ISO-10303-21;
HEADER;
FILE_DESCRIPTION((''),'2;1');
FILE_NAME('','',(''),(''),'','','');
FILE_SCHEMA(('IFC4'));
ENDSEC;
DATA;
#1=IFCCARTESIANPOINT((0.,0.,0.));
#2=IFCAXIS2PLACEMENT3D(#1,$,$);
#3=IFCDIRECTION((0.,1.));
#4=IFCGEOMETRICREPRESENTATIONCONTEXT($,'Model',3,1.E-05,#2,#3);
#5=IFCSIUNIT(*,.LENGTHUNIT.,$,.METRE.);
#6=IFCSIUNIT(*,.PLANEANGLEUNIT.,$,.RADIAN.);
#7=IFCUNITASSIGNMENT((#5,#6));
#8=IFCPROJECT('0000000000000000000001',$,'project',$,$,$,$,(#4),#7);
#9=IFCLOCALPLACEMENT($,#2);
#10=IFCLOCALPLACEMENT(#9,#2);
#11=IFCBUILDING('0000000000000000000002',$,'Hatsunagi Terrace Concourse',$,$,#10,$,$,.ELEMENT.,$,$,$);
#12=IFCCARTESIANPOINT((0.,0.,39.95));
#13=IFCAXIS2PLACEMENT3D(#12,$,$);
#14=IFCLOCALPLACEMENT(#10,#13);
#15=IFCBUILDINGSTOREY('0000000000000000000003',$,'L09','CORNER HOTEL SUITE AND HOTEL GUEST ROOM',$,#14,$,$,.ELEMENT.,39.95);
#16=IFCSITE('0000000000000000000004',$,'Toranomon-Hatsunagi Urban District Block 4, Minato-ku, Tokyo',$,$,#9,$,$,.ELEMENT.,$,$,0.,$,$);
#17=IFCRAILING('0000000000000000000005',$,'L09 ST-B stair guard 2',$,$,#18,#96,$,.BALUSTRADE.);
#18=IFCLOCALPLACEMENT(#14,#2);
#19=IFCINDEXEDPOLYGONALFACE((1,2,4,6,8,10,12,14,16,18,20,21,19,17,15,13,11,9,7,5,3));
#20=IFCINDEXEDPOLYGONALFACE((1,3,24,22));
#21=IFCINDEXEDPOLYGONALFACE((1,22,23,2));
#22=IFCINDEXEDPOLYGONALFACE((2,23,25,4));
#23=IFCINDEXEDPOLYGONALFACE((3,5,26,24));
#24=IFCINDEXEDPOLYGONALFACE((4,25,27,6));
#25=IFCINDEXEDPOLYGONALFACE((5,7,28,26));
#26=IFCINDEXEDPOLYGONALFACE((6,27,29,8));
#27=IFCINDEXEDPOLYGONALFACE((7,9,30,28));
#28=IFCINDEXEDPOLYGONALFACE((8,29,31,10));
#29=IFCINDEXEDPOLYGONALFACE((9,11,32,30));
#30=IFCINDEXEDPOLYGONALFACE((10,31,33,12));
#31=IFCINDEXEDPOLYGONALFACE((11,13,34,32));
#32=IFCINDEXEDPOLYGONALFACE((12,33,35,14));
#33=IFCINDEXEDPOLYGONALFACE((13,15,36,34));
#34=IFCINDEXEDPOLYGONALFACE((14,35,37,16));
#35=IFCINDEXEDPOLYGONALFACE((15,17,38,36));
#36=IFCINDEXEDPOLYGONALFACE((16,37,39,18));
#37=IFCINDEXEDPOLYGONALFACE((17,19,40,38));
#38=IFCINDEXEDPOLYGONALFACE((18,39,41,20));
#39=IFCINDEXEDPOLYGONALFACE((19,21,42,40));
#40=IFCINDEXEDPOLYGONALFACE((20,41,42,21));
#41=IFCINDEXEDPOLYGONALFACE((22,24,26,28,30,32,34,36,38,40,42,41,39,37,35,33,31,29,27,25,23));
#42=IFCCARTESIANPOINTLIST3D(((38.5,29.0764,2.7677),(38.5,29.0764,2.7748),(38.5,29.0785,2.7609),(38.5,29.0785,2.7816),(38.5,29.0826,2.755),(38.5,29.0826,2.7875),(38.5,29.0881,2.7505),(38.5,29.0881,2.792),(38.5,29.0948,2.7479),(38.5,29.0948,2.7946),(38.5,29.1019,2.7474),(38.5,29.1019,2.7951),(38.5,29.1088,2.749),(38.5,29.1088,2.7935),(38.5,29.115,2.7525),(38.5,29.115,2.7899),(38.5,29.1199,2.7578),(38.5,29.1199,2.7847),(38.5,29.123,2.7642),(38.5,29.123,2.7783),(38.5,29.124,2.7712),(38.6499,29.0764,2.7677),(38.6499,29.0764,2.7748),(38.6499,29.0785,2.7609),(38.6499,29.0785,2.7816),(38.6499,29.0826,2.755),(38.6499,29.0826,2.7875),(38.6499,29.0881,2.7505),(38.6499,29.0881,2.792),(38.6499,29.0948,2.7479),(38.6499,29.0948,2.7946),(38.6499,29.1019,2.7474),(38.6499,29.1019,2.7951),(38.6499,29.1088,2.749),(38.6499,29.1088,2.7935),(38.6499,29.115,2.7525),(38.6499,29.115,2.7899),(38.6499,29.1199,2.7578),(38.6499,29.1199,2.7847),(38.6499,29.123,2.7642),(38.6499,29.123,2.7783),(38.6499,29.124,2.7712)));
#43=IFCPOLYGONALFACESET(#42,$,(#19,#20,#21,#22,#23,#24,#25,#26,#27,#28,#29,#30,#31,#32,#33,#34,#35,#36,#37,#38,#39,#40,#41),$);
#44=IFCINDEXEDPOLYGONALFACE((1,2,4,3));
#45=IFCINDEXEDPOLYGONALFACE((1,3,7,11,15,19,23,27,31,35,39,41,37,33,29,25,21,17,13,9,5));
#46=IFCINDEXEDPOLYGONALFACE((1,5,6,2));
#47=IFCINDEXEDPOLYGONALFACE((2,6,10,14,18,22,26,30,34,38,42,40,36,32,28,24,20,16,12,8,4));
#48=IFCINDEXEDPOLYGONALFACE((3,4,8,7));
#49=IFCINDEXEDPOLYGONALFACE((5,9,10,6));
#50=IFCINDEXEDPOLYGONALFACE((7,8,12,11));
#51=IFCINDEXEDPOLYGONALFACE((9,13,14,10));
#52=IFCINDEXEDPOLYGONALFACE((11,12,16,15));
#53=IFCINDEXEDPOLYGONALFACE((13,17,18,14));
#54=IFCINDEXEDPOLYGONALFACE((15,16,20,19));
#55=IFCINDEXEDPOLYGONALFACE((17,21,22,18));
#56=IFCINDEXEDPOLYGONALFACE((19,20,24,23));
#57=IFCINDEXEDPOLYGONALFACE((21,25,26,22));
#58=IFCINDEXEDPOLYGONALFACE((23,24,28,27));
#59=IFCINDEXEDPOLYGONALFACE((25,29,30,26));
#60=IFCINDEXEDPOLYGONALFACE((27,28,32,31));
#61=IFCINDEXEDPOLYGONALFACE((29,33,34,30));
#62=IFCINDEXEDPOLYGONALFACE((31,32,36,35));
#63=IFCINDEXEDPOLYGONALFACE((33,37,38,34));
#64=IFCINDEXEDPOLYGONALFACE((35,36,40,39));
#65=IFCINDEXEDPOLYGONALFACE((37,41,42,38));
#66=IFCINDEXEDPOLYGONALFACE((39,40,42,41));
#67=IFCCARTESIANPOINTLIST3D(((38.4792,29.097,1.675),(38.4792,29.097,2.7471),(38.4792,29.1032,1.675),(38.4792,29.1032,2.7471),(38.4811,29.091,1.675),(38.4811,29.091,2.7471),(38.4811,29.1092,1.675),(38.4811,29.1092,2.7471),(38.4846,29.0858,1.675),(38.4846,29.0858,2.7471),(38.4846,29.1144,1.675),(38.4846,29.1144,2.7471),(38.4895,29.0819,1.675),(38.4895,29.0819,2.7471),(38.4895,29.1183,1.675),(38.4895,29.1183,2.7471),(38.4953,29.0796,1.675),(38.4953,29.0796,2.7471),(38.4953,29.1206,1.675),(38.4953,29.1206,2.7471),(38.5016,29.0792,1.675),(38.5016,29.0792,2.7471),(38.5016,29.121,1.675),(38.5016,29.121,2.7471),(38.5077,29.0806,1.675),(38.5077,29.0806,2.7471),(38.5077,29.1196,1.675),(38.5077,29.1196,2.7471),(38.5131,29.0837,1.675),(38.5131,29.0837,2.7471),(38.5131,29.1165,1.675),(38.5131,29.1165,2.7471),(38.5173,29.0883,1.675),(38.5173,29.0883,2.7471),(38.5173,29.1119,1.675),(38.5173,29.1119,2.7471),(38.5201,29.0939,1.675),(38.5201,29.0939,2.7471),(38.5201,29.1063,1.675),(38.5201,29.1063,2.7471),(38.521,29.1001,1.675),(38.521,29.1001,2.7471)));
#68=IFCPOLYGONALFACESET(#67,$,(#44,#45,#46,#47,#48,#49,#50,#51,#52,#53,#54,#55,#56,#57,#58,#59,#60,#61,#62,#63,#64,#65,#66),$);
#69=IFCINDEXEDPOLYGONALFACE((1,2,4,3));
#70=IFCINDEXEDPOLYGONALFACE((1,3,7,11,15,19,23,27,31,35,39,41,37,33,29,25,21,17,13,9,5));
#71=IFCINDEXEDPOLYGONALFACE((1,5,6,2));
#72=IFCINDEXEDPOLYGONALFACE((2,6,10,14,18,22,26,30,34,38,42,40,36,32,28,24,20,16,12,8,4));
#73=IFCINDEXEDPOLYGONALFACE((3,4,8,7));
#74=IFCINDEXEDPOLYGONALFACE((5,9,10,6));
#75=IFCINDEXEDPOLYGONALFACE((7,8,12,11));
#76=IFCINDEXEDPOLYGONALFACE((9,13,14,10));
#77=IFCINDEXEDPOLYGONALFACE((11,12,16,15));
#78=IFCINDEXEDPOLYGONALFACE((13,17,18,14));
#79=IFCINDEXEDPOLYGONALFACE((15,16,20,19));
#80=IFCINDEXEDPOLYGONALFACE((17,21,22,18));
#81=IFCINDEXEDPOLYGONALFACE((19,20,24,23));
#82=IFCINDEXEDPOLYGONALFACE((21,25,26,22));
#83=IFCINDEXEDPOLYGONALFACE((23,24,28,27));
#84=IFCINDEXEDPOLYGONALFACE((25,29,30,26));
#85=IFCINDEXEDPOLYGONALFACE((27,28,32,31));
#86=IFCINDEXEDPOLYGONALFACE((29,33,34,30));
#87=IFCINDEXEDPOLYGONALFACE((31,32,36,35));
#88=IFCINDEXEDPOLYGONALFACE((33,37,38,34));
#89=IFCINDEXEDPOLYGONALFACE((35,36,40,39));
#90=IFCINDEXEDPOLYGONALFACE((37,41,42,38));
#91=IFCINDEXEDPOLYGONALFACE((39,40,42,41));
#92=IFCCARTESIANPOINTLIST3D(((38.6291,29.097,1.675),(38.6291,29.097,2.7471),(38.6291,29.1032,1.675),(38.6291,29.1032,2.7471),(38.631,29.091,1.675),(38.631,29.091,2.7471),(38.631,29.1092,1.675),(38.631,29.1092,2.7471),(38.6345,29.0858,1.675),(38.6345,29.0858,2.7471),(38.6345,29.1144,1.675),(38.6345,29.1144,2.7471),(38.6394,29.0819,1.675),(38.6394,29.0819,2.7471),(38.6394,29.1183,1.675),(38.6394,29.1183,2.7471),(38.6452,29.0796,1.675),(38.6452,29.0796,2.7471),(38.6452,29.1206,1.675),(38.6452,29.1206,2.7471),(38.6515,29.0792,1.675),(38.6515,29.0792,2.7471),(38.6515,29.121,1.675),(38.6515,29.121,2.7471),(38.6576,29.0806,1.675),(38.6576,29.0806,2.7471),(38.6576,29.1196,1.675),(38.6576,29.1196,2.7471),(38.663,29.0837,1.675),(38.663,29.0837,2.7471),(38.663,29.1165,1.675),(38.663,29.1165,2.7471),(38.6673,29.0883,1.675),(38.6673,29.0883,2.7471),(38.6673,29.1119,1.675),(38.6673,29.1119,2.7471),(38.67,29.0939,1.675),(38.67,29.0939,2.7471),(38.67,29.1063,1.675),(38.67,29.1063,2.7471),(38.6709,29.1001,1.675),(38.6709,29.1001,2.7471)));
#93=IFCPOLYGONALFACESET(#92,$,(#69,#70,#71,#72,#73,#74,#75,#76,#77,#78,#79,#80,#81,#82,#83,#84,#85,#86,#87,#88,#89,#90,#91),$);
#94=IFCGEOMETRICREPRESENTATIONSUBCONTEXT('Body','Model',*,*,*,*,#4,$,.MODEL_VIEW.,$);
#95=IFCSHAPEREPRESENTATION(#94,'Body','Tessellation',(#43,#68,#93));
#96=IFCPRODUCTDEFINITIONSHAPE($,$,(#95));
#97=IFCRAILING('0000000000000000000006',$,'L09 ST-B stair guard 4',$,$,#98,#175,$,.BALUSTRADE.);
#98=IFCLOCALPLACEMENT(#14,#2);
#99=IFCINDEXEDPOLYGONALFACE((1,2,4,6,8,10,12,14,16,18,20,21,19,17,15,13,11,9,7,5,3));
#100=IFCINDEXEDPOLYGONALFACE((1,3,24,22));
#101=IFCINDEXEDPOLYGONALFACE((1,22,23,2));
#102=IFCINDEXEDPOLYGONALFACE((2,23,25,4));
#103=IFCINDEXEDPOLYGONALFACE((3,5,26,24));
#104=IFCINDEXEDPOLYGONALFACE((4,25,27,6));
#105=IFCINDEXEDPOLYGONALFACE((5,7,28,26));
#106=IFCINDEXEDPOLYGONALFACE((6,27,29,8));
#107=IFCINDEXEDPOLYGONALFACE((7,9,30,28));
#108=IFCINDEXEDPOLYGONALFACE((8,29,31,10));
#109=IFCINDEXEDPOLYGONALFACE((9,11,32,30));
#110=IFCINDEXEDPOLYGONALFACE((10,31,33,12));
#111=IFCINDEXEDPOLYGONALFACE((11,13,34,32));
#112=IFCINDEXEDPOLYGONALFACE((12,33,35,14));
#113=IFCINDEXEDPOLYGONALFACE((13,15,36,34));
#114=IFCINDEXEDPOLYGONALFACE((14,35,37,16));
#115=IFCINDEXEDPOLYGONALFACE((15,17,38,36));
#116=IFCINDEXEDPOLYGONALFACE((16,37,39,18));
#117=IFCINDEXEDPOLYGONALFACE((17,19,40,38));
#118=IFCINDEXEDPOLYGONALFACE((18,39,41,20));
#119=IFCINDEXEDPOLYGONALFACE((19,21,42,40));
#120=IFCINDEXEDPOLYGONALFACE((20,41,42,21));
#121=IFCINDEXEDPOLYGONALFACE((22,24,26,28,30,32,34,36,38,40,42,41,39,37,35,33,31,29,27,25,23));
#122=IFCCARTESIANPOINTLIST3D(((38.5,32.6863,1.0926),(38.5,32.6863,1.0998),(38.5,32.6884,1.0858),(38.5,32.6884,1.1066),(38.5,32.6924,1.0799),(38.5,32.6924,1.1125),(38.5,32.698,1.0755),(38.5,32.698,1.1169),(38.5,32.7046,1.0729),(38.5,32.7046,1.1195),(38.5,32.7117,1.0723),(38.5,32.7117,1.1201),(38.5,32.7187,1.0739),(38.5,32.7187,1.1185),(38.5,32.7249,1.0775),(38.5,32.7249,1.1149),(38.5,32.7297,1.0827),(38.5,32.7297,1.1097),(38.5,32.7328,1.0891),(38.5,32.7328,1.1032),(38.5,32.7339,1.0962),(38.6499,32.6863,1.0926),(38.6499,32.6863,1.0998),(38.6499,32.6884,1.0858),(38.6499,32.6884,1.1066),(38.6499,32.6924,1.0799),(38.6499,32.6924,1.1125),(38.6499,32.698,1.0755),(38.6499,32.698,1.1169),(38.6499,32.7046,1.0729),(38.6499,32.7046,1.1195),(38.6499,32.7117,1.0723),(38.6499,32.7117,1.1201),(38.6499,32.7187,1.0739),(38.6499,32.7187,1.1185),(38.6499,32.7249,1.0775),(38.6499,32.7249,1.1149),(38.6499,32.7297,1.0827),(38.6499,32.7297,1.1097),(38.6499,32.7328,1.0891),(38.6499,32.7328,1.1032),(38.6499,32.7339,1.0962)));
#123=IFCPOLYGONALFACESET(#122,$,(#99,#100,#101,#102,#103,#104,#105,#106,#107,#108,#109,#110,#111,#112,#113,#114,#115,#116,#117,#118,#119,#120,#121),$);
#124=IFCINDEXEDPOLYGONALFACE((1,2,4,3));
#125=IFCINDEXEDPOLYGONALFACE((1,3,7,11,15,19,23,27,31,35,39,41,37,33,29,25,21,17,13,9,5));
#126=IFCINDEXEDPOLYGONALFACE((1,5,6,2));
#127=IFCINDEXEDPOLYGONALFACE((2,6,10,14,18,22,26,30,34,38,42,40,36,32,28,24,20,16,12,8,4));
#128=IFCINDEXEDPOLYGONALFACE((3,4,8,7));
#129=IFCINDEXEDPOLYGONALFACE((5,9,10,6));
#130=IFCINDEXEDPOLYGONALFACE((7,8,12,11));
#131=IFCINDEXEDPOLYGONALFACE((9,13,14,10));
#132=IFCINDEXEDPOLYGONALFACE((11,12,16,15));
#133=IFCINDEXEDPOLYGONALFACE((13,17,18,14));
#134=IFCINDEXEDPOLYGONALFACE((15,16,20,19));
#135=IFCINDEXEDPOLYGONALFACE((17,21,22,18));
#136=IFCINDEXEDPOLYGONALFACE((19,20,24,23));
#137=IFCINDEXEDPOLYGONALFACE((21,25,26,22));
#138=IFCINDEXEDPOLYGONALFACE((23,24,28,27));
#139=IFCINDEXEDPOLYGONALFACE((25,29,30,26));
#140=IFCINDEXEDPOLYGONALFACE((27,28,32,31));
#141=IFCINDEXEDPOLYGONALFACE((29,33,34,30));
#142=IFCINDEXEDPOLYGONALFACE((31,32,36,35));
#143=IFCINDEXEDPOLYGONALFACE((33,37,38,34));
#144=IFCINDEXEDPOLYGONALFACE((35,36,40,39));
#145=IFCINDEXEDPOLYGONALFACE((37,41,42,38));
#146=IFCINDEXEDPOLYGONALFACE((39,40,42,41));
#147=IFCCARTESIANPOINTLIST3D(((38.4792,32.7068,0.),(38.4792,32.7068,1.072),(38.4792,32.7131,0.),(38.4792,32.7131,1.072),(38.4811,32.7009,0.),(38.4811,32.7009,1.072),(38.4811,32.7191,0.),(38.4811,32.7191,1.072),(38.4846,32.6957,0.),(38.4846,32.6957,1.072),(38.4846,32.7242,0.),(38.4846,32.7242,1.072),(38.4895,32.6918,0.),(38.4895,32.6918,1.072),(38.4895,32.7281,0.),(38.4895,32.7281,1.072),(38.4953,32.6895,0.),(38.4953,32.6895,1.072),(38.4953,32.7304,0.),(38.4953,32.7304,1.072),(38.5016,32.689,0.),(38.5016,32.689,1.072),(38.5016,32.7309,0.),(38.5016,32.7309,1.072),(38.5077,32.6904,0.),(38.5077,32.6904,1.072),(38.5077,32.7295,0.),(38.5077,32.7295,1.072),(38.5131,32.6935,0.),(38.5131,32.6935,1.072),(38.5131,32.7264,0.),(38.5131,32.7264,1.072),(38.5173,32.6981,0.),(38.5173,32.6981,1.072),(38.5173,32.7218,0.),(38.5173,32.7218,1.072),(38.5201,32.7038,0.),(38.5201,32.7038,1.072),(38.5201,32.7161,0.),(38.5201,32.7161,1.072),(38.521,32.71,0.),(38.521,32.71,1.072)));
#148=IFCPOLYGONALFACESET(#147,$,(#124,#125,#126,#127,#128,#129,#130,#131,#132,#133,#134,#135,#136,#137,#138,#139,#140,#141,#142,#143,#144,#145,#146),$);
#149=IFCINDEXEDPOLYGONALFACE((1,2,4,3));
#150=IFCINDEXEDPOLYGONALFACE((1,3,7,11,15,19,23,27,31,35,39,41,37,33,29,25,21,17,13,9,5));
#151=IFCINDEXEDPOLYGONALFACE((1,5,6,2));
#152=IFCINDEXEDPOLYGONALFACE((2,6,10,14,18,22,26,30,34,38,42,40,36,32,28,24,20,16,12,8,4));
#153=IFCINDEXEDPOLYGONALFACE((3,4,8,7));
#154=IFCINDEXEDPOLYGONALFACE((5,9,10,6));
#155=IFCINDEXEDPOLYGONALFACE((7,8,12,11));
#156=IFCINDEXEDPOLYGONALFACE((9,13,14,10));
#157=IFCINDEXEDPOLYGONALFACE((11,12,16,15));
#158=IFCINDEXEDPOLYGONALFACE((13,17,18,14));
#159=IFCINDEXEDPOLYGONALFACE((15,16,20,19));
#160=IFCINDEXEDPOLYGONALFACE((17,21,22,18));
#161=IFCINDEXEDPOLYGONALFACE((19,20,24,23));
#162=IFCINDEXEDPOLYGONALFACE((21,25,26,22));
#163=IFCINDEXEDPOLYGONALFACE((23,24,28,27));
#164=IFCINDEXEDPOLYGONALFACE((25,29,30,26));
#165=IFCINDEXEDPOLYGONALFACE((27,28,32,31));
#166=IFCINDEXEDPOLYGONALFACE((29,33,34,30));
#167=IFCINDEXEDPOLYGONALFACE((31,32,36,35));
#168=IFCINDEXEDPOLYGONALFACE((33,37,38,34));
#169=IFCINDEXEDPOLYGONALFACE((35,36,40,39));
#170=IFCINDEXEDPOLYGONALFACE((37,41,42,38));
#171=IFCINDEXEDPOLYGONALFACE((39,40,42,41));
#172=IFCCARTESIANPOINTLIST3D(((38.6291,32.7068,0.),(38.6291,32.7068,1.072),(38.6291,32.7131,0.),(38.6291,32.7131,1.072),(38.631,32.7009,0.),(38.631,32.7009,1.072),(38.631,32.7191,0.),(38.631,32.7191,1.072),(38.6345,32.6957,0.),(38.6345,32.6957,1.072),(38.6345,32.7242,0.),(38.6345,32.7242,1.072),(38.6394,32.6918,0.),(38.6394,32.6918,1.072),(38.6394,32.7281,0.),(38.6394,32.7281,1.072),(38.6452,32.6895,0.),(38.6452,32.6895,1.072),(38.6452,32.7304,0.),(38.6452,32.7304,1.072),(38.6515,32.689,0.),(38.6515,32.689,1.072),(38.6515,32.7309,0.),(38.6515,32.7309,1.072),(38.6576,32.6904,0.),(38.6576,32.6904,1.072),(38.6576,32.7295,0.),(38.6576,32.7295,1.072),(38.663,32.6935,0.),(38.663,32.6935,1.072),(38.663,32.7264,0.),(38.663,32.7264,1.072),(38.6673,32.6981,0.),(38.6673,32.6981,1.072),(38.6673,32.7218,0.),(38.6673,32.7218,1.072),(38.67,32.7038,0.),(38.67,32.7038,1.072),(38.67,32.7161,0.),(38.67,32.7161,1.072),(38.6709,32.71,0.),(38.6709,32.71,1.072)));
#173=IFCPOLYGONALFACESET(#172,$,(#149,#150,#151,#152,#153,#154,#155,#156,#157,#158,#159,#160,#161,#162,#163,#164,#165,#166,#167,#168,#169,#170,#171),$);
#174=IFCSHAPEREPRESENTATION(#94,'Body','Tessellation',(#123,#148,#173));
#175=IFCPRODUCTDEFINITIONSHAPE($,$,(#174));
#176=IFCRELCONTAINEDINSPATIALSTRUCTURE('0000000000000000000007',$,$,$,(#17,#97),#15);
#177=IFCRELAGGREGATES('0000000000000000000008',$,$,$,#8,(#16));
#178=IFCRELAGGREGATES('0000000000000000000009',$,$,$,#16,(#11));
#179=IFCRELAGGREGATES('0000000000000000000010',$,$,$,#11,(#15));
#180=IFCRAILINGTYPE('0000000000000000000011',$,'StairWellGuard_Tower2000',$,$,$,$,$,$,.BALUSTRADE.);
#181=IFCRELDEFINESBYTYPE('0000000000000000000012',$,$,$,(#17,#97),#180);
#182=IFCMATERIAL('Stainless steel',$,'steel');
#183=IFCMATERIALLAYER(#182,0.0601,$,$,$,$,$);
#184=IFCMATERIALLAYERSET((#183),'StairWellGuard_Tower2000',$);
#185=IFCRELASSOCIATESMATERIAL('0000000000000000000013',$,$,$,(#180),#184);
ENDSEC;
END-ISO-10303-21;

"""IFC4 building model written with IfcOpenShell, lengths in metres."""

from ifc_helpers import new_model, si_unit, direction, frame, origin, origin_2d, place, context, subcontext, project, spatial, circle, extrude, material, layer, layer_set, type_object, element, save


model = new_model("IFC4")

# Units and contexts
model_context = context("Model", 3, precision=1e-05, world=origin(), true_north=direction((0.0, 1.0)))
body_context = subcontext(model_context, "Body", "Model", "MODEL_VIEW")
ifc_project = project(units=[si_unit("LENGTHUNIT", "METRE"), si_unit("PLANEANGLEUNIT", "RADIAN")], contexts=[model_context])

# Site, building, storey
site_placement = place(None, origin())
site = spatial("IfcSite", under=ifc_project, at=site_placement, Name="Toranomon-Hatsunagi Urban District Block 4, Minato-ku, Tokyo", CompositionType="ELEMENT", RefElevation=0.0)
building_placement = place(site_placement, origin())
building = spatial("IfcBuilding", under=site, at=building_placement, Name="Hatsunagi Terrace Concourse", CompositionType="ELEMENT")
storey_placement = place(building_placement, frame((0.0, 0.0, 39.95)))
storey = spatial("IfcBuildingStorey", under=building, at=storey_placement, Name="L09", Description="CORNER HOTEL SUITE AND HOTEL GUEST ROOM", CompositionType="ELEMENT", Elevation=39.95)

# Railings
ifc_material_1 = material(Name="Stainless steel", Category="steel")
ifc_layer_1 = layer(ifc_material_1, 0.0601)
ifc_layer_set_1 = layer_set([ifc_layer_1], Name="StairWellGuard_Tower2000")
railing_type_1 = type_object("IfcRailingType", Name="StairWellGuard_Tower2000", PredefinedType="BALUSTRADE", material=ifc_layer_set_1)
for number, where, name in (
    (1, (38.5, 29.1001, 1.675), "L09 ST-B stair guard 2"),
    (2, (38.5, 32.71, 0.0), "L09 ST-B stair guard 4"),
):
    element("IfcRailing", number, at=place(storey_placement, frame(where)), inside=storey, type_object=railing_type_1, Name=name, PredefinedType="BALUSTRADE", context=body_context, shape_type="SweptSolid", body=[
        extrude(circle(Radius=0.0239, at=origin_2d()), frame((0.0, 0.0, 1.0962), z_axis=(1.0, 0.0, 0.0), x_axis=(0.0, 1.0, 0.0)), (0.0, 0.0, 1.0), 0.1499),
        extrude(circle(Radius=0.021, at=origin_2d()), origin(), (0.0, 0.0, 1.0), 1.072),
        extrude(circle(Radius=0.021, at=origin_2d()), frame((0.1499, 0.0, 0.0)), (0.0, 0.0, 1.0), 1.072),
    ])

save(model, "model.ifc")
